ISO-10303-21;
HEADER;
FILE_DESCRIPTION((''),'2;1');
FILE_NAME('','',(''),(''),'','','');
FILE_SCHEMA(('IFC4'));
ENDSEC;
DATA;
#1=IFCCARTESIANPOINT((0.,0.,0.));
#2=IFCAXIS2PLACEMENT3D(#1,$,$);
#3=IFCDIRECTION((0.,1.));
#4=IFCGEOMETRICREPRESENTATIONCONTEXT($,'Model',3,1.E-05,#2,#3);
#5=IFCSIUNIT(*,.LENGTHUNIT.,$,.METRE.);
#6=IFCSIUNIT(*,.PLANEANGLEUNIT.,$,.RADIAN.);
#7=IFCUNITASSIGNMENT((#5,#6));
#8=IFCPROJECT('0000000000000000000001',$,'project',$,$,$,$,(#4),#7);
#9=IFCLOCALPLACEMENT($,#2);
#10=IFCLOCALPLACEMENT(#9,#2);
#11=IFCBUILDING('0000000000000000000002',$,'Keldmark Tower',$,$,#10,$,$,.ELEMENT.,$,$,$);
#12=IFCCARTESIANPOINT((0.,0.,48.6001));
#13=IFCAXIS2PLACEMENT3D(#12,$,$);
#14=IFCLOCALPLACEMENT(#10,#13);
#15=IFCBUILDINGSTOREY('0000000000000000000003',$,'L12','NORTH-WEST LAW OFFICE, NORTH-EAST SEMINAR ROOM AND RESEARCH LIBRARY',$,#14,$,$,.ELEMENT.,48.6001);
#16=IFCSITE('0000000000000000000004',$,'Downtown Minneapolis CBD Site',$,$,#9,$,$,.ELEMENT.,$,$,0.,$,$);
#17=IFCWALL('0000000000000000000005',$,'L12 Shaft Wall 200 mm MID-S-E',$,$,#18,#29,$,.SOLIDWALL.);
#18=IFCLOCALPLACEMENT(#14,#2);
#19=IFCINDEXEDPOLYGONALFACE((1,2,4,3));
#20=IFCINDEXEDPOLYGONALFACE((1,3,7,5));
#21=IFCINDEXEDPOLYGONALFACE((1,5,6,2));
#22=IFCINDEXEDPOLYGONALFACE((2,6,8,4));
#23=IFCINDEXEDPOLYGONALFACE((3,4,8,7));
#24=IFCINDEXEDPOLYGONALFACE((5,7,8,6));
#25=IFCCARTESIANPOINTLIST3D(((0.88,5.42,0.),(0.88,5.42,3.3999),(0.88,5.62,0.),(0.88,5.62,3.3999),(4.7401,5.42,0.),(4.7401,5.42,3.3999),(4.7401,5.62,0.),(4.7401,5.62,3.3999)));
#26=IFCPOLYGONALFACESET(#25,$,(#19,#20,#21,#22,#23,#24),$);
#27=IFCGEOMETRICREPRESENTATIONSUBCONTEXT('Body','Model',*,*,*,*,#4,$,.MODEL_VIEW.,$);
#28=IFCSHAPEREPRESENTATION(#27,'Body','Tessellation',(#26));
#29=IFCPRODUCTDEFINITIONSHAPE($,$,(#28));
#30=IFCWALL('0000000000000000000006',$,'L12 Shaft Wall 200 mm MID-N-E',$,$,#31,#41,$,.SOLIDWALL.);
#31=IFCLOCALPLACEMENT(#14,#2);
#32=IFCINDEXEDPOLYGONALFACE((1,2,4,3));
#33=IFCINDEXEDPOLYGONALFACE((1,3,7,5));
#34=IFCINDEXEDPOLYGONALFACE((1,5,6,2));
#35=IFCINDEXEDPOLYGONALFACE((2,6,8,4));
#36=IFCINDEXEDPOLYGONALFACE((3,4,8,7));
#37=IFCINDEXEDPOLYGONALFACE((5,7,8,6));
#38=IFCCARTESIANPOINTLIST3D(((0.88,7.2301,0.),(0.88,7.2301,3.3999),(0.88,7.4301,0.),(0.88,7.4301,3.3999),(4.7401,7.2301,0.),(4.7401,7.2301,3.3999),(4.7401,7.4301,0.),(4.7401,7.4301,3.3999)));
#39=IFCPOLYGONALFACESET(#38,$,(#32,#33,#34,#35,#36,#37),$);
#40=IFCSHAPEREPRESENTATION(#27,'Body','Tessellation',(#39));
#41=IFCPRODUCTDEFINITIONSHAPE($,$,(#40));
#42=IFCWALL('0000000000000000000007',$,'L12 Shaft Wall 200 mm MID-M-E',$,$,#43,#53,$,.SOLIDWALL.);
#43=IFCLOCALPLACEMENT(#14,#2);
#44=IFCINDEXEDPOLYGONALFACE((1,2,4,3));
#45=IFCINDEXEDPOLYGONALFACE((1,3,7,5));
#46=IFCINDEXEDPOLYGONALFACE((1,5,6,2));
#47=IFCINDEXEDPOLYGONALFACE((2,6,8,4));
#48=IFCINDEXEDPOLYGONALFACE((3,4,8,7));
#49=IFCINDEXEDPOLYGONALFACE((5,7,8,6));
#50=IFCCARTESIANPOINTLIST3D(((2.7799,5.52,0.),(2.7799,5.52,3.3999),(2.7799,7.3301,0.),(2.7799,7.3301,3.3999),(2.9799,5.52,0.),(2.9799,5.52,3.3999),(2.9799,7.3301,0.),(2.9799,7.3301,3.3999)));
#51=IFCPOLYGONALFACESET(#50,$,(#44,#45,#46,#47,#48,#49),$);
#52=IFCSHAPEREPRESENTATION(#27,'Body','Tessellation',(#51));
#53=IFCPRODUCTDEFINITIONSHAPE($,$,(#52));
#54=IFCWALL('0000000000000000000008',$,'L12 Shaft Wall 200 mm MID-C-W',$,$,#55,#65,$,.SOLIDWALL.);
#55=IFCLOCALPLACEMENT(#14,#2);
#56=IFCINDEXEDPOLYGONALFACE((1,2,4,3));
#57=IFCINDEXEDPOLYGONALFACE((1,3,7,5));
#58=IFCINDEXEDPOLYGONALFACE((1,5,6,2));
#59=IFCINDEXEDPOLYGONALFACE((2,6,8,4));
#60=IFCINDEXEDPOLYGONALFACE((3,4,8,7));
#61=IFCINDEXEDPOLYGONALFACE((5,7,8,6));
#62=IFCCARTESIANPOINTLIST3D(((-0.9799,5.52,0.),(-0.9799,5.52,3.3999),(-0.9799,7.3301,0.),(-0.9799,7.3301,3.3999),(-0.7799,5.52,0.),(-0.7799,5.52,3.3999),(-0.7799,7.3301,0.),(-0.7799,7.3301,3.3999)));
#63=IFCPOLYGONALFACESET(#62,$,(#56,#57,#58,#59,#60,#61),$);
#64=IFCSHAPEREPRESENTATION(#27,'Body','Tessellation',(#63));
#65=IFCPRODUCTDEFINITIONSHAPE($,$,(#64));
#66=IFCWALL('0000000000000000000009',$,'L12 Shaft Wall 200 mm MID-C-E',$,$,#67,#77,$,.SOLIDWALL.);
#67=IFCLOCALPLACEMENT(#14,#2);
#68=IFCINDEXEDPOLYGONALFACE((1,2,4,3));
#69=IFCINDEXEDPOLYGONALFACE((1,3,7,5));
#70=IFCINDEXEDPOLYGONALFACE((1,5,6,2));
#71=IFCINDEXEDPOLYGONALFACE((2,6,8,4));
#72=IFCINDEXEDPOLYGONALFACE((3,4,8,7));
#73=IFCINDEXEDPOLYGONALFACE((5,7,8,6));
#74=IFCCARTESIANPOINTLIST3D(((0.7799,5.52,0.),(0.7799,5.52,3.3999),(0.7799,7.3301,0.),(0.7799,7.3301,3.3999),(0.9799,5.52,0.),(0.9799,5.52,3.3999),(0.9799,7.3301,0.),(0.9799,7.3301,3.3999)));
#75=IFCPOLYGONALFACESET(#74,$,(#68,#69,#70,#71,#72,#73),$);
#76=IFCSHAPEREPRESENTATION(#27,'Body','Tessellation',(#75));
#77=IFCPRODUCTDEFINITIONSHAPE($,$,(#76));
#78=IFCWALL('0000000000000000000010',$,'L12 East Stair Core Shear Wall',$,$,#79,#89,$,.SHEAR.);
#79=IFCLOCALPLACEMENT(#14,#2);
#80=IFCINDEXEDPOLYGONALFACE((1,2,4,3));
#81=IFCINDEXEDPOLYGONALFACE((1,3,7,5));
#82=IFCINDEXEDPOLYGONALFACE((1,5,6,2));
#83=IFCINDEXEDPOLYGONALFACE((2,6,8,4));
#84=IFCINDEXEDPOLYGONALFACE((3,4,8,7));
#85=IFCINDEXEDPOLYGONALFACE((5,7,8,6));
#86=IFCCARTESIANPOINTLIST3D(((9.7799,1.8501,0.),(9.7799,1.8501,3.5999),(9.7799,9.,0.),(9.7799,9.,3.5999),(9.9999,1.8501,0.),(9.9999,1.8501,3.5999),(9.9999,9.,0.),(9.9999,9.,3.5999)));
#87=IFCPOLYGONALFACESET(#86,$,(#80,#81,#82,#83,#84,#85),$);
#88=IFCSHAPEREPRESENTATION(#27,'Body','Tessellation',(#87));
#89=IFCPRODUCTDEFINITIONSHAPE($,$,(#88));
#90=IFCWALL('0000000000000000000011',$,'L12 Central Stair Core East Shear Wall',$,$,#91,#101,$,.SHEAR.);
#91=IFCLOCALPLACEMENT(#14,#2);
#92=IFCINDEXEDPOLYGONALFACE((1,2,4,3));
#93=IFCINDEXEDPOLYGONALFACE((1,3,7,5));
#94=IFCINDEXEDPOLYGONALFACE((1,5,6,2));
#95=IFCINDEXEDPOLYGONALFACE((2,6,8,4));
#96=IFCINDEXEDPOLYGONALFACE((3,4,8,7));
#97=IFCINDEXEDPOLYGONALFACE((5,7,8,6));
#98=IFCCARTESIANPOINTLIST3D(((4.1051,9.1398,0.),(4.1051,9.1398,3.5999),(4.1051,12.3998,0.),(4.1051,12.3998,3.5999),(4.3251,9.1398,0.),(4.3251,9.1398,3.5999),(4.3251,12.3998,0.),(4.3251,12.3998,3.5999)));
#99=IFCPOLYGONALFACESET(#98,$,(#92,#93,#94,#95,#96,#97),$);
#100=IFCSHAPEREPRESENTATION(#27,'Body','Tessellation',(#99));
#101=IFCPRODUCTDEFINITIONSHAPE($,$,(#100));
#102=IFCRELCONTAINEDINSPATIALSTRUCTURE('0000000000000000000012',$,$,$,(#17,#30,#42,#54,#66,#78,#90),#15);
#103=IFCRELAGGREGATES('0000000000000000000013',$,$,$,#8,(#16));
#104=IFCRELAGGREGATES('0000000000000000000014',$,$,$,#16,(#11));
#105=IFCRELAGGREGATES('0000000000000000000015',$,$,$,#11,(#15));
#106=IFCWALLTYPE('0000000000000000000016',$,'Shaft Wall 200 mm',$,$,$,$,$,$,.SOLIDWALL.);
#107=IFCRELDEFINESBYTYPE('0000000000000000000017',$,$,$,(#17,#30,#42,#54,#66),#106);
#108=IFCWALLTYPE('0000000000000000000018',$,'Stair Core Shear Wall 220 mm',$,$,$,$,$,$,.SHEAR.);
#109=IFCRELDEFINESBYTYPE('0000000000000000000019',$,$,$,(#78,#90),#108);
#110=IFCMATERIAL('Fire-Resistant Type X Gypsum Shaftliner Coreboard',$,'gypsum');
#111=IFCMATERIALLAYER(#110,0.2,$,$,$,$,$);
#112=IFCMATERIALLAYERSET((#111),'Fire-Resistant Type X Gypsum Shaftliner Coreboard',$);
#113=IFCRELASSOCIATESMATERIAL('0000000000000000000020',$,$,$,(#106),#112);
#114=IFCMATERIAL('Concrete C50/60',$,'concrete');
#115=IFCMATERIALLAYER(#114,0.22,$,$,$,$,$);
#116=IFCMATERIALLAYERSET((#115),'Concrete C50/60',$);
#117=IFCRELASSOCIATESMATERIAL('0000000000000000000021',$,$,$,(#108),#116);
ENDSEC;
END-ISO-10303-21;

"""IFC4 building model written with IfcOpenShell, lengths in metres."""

from ifc_helpers import new_model, si_unit, direction, frame, frame_2d, origin, place, context, subcontext, project, spatial, rectangle, extrude, material, layer, layer_set, type_object, element, save


model = new_model("IFC4")

# Units and contexts
model_context = context("Model", 3, precision=1e-05, world=origin(), true_north=direction((0.0, 1.0)))
body_context = subcontext(model_context, "Body", "Model", "MODEL_VIEW")
ifc_project = project(units=[si_unit("LENGTHUNIT", "METRE"), si_unit("PLANEANGLEUNIT", "RADIAN")], contexts=[model_context])

# Site, building, storey
site_placement = place(None, origin())
site = spatial("IfcSite", under=ifc_project, at=site_placement, Name="Downtown Minneapolis CBD Site", CompositionType="ELEMENT", RefElevation=0.0)
building_placement = place(site_placement, origin())
building = spatial("IfcBuilding", under=site, at=building_placement, Name="Keldmark Tower", CompositionType="ELEMENT")
storey_placement = place(building_placement, frame((0.0, 0.0, 48.6001)))
storey = spatial("IfcBuildingStorey", under=building, at=storey_placement, Name="L12", Description="NORTH-WEST LAW OFFICE, NORTH-EAST SEMINAR ROOM AND RESEARCH LIBRARY", CompositionType="ELEMENT", Elevation=48.6001)

# Shared definitions
ifc_material_1 = material(Name="Fire-Resistant Type X Gypsum Shaftliner Coreboard", Category="gypsum")
ifc_layer_1 = layer(ifc_material_1, 0.2)
ifc_layer_set_1 = layer_set([ifc_layer_1], Name="Fire-Resistant Type X Gypsum Shaftliner Coreboard")
wall_type_1 = type_object("IfcWallType", Name="Shaft Wall 200 mm", PredefinedType="SOLIDWALL", material=ifc_layer_set_1)

# Walls
for number, where, z_axis, x_axis, name in (
    (1, (0.8799, 5.52, 0.0), (0.0, 0.0, 1.0), (1.0, 0.0, 0.0), "L12 Shaft Wall 200 mm MID-S-E"),
    (2, (0.8799, 7.3301, 0.0), (0.0, 0.0, 1.0), (1.0, 0.0, 0.0), "L12 Shaft Wall 200 mm MID-N-E"),
):
    element("IfcWall", number, at=place(storey_placement, frame(where, z_axis=z_axis, x_axis=x_axis)), inside=storey, type_object=wall_type_1, Name=name, PredefinedType="SOLIDWALL", context=body_context, shape_type="SweptSolid", body=[
        extrude(rectangle(XDim=3.8601, YDim=0.2, at=frame_2d((1.9302, 0.0))), origin(), (0.0, 0.0, 1.0), 3.3999),
    ])
for number, where, z_axis, x_axis, name in (
    (3, (2.8799, 5.52, 0.0), (0.0, 0.0, 1.0), (0.0, 1.0, 0.0), "L12 Shaft Wall 200 mm MID-M-E"),
    (4, (-0.8799, 5.52, 0.0), (0.0, 0.0, 1.0), (0.0, 1.0, 0.0), "L12 Shaft Wall 200 mm MID-C-W"),
    (5, (0.8799, 5.52, 0.0), (0.0, 0.0, 1.0), (0.0, 1.0, 0.0), "L12 Shaft Wall 200 mm MID-C-E"),
):
    element("IfcWall", number, at=place(storey_placement, frame(where, z_axis=z_axis, x_axis=x_axis)), inside=storey, type_object=wall_type_1, Name=name, PredefinedType="SOLIDWALL", context=body_context, shape_type="SweptSolid", body=[
        extrude(rectangle(XDim=1.8101, YDim=0.2, at=frame_2d((0.905, 0.0))), origin(), (0.0, 0.0, 1.0), 3.3999),
    ])
ifc_material_2 = material(Name="Concrete C50/60", Category="concrete")
ifc_layer_2 = layer(ifc_material_2, 0.22)
ifc_layer_set_2 = layer_set([ifc_layer_2], Name="Concrete C50/60")
wall_type_2 = type_object("IfcWallType", Name="Stair Core Shear Wall 220 mm", PredefinedType="SHEAR", material=ifc_layer_set_2)
wall_1_placement = place(storey_placement, frame((9.8899, 1.8501, 0.0), z_axis=(0.0, 0.0, 1.0), x_axis=(0.0, 1.0, 0.0)))
element("IfcWall", 6, at=wall_1_placement, inside=storey, type_object=wall_type_2, Name="L12 East Stair Core Shear Wall", PredefinedType="SHEAR", context=body_context, shape_type="SweptSolid", body=[
    extrude(rectangle(XDim=7.1499, YDim=0.22, at=frame_2d((3.575, 0.0))), origin(), (0.0, 0.0, 1.0), 3.5999),
])
wall_2_placement = place(storey_placement, frame((4.2151, 9.1399, 0.0), z_axis=(0.0, 0.0, 1.0), x_axis=(0.0, 1.0, 0.0)))
element("IfcWall", 7, at=wall_2_placement, inside=storey, type_object=wall_type_2, Name="L12 Central Stair Core East Shear Wall", PredefinedType="SHEAR", context=body_context, shape_type="SweptSolid", body=[
    extrude(rectangle(XDim=3.26, YDim=0.22, at=frame_2d((1.6299, 0.0))), origin(), (0.0, 0.0, 1.0), 3.5999),
])

save(model, "model.ifc")
